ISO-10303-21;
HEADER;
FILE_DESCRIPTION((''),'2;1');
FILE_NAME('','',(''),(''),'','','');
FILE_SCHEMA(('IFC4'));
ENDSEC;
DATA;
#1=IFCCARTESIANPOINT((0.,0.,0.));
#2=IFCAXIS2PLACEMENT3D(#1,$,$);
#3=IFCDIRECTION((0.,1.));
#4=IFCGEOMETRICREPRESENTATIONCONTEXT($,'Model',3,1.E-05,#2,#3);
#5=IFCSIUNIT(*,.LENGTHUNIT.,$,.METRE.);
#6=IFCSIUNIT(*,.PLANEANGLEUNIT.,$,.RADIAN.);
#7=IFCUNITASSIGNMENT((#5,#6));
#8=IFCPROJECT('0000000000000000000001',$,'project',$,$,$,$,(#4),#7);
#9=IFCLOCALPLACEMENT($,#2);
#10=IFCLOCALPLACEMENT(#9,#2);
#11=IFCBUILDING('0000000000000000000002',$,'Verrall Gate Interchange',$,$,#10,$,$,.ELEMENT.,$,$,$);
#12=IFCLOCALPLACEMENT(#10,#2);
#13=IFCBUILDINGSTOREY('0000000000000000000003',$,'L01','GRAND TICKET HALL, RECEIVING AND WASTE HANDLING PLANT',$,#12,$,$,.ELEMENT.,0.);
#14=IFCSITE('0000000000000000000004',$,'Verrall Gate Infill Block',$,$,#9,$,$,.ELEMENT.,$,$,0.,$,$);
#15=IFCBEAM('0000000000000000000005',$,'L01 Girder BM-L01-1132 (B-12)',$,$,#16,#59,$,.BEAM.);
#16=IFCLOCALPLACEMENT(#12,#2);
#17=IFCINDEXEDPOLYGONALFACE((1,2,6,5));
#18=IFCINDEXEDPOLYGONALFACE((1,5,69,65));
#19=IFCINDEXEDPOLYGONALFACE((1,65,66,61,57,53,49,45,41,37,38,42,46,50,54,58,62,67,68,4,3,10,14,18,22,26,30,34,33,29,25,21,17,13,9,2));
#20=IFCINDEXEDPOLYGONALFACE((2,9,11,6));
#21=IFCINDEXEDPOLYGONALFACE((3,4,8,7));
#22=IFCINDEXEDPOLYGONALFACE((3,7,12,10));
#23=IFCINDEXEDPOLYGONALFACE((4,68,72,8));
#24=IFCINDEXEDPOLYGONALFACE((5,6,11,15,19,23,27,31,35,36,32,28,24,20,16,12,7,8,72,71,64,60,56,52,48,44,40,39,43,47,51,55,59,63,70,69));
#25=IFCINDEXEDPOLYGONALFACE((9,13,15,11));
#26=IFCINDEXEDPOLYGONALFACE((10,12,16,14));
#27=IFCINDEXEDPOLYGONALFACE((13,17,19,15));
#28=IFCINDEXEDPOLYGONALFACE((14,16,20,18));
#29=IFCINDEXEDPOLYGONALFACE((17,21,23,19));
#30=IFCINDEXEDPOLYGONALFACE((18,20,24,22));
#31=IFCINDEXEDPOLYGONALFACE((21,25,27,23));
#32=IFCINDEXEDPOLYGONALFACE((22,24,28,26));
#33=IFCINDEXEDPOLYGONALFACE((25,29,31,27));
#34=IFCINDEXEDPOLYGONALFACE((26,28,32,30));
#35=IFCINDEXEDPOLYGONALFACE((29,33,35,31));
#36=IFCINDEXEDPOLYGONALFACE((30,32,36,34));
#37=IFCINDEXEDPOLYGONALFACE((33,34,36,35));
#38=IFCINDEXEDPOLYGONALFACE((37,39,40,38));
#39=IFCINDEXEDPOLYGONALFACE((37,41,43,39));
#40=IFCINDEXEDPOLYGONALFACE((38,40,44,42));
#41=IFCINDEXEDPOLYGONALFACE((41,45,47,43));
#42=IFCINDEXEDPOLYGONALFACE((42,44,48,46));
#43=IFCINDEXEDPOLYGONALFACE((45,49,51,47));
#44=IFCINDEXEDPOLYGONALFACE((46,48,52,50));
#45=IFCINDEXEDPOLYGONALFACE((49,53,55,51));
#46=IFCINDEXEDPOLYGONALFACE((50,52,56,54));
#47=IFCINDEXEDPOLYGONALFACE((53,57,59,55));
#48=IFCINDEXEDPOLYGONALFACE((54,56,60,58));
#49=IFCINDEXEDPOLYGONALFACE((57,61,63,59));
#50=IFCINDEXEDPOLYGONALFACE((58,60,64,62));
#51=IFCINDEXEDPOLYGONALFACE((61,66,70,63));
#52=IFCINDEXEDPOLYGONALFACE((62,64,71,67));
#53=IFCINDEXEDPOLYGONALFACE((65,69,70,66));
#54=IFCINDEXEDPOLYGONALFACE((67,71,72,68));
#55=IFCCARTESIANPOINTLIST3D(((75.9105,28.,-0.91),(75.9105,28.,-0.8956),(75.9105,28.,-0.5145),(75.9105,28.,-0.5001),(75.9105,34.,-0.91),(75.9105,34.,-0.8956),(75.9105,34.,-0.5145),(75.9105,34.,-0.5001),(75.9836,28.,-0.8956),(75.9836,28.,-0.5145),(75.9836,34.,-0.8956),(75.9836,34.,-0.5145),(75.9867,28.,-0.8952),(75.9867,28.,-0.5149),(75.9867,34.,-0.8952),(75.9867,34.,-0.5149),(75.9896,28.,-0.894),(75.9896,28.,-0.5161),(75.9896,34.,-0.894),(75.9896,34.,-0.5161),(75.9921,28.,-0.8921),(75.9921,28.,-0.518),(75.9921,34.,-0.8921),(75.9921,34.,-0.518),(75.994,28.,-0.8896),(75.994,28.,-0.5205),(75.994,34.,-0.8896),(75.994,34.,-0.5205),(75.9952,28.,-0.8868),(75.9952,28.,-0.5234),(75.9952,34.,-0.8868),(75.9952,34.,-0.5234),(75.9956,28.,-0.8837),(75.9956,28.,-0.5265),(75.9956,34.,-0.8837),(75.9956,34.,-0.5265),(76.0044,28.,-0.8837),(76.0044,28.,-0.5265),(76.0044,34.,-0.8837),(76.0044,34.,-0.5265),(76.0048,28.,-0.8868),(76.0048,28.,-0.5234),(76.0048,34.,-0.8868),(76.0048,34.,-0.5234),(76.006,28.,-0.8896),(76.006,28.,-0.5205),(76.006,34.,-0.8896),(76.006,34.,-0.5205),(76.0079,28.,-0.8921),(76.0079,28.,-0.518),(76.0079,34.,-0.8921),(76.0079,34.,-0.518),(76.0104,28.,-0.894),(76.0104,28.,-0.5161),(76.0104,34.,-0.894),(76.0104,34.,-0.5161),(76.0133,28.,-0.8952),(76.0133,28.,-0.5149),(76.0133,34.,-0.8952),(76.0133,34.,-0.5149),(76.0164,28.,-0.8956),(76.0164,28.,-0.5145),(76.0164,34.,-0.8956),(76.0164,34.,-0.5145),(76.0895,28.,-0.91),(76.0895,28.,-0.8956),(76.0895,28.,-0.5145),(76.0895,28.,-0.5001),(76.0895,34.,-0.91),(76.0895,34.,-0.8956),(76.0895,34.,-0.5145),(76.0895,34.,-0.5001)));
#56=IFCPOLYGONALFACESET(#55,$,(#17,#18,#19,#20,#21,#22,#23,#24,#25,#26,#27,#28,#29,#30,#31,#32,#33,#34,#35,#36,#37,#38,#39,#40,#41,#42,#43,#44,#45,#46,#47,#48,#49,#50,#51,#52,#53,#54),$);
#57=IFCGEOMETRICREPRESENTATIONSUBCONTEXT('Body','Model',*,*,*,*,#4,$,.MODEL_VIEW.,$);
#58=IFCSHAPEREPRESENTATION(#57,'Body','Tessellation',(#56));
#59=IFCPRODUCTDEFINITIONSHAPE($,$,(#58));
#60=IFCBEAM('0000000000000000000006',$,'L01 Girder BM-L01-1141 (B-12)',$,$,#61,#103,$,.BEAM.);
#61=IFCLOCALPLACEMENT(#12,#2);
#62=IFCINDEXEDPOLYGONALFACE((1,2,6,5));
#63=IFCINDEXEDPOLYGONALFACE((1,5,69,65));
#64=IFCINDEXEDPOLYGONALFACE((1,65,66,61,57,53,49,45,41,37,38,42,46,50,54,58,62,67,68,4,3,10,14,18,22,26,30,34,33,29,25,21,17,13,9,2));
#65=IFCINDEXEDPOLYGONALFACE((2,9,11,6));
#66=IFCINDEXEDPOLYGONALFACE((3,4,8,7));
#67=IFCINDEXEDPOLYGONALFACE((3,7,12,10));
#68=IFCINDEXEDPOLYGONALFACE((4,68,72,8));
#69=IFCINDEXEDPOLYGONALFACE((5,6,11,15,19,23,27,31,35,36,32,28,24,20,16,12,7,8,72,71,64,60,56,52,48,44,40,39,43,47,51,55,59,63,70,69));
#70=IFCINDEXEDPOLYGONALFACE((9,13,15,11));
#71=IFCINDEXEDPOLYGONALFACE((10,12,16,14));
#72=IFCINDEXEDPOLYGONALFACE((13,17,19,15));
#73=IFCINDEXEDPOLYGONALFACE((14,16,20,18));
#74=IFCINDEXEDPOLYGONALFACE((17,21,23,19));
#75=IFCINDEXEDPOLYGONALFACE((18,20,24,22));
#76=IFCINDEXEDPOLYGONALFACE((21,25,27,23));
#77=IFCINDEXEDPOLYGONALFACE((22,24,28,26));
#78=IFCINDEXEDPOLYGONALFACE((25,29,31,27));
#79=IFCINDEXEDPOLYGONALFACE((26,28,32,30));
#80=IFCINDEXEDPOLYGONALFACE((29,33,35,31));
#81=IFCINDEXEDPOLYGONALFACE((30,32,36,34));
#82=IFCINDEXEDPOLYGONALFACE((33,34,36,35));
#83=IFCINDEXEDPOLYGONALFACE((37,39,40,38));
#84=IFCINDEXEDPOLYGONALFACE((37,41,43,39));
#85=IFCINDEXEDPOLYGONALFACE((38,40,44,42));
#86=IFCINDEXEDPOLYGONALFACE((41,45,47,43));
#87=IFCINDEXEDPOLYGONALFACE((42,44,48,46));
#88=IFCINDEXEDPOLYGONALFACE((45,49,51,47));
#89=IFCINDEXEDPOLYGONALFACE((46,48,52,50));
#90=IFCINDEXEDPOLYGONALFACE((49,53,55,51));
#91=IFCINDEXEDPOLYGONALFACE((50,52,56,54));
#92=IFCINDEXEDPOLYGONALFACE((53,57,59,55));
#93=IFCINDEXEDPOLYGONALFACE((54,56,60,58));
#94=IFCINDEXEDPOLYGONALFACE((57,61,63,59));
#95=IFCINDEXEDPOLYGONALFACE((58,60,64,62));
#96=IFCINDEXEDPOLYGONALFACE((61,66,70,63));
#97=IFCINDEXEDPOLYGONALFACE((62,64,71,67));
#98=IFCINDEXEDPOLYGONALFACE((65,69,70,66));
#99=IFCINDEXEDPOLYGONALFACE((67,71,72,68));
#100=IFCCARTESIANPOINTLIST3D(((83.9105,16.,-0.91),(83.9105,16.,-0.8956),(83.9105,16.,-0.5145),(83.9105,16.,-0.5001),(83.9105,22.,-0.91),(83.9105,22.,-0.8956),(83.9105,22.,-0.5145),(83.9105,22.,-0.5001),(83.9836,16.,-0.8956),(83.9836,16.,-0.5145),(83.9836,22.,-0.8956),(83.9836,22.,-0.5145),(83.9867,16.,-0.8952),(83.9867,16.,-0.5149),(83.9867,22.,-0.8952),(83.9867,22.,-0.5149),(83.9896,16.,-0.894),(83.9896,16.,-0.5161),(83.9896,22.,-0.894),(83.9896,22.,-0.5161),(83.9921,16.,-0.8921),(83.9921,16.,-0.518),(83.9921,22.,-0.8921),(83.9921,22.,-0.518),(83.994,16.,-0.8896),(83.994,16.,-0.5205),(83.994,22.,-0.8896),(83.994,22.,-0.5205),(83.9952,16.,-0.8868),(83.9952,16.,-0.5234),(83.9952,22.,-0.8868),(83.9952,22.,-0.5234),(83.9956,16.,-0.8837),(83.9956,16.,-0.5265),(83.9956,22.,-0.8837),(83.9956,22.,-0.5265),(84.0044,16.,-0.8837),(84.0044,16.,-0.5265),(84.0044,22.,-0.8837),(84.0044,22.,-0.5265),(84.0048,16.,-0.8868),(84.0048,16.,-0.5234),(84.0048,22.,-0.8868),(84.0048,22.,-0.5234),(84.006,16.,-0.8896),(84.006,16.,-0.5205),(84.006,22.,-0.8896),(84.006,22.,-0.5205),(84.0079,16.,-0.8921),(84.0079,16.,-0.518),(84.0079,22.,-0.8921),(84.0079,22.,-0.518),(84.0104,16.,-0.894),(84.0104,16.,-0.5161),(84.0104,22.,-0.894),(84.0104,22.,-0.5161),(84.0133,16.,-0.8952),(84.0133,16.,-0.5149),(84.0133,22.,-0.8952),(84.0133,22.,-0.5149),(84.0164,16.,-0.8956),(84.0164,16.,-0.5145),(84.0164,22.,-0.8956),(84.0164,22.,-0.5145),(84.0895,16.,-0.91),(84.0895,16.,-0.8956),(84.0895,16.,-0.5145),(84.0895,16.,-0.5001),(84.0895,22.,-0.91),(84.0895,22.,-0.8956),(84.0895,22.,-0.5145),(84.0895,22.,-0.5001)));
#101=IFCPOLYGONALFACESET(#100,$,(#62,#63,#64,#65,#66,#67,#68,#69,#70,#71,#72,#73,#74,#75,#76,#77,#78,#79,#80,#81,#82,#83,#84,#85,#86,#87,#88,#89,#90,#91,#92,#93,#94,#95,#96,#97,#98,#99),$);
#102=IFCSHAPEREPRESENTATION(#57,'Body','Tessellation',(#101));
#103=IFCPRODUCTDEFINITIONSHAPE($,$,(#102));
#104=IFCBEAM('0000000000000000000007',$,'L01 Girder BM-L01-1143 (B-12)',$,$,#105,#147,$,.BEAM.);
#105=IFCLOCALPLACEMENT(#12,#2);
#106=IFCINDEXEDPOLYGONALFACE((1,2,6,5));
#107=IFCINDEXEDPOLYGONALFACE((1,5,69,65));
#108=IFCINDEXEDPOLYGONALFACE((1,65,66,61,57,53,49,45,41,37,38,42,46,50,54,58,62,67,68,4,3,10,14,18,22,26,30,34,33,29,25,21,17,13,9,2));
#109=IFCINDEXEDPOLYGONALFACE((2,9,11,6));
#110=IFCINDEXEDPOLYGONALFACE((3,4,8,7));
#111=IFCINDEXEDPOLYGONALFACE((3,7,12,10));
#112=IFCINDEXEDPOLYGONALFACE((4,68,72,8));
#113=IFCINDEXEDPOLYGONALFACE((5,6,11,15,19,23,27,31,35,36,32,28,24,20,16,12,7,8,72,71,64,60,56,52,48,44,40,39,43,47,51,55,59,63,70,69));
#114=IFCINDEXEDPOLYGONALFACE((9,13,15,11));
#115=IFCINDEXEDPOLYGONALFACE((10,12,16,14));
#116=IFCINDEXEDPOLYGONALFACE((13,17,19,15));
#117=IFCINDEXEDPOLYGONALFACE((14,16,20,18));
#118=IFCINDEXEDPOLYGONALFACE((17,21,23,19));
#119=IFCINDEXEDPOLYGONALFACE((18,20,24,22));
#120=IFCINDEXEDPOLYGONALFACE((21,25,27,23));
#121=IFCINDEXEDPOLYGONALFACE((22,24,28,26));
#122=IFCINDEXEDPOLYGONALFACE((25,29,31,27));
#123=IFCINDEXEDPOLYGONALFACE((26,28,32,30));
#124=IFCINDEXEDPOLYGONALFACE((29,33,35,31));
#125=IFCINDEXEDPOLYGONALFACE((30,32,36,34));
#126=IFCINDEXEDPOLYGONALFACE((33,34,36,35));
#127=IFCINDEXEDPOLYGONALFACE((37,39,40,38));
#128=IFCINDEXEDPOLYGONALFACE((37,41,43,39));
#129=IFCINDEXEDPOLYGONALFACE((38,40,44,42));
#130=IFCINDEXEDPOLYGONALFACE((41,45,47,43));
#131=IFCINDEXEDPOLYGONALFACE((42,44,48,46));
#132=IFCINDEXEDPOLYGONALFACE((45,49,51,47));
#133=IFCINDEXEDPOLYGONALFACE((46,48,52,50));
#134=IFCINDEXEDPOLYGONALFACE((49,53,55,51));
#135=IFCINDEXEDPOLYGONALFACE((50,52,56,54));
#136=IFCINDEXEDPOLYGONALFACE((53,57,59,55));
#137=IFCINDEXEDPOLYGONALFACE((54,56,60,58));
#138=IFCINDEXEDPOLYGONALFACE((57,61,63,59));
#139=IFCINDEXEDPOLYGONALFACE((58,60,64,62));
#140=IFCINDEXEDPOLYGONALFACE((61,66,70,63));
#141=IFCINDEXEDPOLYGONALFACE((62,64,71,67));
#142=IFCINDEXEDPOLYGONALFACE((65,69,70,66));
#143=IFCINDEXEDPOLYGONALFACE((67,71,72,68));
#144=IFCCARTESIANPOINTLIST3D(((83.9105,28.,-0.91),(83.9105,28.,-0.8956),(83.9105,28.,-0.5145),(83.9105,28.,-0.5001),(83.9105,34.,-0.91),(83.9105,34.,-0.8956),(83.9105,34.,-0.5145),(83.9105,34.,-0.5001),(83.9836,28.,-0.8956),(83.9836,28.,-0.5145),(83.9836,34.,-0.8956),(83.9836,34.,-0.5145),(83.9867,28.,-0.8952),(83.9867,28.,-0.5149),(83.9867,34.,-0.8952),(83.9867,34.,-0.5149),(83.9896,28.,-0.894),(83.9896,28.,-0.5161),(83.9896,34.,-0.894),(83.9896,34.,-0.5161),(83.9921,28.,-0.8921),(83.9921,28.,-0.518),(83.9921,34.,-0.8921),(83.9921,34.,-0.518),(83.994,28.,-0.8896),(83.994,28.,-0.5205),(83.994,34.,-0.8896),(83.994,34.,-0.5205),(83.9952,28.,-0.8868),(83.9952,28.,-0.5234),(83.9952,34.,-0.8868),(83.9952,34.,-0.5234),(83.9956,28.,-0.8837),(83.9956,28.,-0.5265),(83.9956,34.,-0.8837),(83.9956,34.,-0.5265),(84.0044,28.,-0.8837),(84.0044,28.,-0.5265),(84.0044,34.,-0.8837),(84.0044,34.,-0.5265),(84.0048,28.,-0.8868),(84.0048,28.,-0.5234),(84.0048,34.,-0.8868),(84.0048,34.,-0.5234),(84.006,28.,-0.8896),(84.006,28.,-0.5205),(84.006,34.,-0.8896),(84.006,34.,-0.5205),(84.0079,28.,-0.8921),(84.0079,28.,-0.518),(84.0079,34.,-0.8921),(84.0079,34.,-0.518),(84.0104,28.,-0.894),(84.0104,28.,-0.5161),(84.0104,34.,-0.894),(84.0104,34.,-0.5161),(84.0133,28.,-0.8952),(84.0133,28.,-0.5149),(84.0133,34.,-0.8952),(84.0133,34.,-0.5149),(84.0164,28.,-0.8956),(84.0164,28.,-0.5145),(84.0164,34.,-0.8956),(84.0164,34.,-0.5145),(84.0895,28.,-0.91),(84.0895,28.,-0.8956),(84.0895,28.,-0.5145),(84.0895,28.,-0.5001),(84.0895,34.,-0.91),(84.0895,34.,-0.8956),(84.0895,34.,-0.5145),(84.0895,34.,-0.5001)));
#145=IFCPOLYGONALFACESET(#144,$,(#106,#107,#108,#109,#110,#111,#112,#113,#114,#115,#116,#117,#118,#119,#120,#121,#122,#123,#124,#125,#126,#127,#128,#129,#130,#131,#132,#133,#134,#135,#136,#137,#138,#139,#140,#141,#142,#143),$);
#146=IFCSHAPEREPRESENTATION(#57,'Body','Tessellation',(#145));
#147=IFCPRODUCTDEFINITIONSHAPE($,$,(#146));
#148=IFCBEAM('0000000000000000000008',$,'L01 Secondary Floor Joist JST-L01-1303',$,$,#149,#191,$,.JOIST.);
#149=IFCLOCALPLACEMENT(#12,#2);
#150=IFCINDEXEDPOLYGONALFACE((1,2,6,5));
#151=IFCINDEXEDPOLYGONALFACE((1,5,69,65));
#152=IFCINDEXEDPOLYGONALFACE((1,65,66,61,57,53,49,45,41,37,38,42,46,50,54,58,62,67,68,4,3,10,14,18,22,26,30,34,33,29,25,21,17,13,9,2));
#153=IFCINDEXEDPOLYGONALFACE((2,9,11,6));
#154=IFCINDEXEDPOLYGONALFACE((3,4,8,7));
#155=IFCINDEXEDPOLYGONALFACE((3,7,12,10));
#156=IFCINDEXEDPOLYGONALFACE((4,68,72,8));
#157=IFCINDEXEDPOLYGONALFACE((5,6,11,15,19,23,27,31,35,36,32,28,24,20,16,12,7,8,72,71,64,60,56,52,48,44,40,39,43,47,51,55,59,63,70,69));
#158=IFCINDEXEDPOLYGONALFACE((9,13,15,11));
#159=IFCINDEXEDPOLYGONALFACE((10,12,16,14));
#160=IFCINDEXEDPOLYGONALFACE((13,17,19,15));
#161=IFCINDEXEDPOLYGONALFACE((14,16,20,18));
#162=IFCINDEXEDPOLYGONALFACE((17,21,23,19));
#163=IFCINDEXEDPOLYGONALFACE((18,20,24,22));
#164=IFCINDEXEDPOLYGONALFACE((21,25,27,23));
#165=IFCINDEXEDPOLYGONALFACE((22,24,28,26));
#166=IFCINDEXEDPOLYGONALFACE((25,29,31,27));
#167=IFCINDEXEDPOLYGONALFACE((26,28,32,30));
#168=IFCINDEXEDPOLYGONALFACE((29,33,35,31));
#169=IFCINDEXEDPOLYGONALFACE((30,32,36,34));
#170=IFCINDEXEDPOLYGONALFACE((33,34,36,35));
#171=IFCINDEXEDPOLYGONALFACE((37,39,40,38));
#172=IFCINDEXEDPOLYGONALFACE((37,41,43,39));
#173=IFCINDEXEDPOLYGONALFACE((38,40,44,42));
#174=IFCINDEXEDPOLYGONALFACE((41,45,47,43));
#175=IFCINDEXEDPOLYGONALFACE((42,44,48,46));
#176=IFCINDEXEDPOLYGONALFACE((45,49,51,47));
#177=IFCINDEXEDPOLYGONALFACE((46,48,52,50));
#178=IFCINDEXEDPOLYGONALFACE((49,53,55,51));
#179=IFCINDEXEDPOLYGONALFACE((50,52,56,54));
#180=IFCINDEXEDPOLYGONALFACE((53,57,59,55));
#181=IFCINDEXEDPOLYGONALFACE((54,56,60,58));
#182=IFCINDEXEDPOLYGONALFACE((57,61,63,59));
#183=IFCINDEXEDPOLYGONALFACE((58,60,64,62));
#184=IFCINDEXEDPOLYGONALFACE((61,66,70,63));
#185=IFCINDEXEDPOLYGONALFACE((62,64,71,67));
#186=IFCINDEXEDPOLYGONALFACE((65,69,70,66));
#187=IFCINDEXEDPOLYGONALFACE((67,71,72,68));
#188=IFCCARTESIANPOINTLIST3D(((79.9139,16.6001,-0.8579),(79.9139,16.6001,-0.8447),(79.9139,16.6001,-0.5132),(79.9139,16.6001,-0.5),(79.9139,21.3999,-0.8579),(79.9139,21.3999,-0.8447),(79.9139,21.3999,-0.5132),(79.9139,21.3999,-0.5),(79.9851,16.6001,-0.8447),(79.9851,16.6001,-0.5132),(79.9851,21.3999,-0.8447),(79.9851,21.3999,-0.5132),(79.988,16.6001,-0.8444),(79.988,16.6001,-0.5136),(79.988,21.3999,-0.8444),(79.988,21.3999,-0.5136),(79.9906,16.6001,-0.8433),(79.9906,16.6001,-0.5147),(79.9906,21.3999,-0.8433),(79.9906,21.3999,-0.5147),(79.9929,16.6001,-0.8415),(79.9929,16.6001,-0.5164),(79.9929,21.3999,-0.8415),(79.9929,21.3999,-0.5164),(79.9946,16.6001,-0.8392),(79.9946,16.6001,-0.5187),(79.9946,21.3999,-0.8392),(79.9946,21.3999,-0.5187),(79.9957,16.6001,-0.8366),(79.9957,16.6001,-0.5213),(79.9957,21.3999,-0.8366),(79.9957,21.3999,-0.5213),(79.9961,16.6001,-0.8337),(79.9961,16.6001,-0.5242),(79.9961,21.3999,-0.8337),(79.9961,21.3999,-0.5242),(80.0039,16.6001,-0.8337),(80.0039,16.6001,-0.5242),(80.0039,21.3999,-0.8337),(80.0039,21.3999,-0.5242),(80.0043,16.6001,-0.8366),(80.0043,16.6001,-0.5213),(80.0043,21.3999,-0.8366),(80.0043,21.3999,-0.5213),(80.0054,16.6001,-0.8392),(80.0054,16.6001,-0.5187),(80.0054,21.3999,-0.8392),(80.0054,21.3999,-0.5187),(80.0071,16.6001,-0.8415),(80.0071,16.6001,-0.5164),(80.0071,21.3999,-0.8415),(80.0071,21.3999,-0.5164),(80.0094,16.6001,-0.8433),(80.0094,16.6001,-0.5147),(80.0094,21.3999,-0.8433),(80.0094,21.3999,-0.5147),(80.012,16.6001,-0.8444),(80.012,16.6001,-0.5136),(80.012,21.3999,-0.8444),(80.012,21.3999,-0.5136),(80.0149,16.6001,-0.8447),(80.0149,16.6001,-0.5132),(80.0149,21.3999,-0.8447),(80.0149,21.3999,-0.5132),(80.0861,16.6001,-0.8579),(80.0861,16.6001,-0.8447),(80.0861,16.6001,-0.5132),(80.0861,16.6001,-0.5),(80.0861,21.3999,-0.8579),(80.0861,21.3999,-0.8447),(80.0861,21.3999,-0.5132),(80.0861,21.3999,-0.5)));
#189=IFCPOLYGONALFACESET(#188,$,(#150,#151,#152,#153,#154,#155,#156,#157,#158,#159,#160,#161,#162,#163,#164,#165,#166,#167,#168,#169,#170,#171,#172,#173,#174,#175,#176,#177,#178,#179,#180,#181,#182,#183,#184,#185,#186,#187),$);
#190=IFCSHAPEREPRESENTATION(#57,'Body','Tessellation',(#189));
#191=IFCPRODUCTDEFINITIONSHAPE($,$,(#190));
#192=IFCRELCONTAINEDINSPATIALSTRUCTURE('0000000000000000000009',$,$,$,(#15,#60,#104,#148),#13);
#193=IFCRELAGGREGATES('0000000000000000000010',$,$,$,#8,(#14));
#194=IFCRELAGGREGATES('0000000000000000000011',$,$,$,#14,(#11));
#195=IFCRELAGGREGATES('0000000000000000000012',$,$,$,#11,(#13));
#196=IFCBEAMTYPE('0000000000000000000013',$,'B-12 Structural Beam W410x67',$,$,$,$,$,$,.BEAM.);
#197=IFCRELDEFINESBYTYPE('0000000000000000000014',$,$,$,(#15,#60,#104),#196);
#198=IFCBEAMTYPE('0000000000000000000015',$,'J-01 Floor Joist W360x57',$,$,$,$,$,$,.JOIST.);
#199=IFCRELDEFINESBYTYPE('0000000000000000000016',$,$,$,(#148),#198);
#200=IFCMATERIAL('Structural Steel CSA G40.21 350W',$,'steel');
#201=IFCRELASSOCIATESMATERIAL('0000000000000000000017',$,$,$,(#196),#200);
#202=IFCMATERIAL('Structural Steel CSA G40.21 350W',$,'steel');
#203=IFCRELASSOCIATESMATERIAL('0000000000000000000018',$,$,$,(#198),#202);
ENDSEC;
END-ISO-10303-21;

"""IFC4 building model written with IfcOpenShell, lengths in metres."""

from ifc_helpers import new_model, si_unit, direction, frame, origin, origin_2d, place, context, subcontext, project, spatial, i_section, extrude, material, material_profile, profile_set, type_object, element, save


model = new_model("IFC4")

# Units and contexts
model_context = context("Model", 3, precision=1e-05, world=origin(), true_north=direction((0.0, 1.0)))
body_context = subcontext(model_context, "Body", "Model", "MODEL_VIEW")
ifc_project = project(units=[si_unit("LENGTHUNIT", "METRE"), si_unit("PLANEANGLEUNIT", "RADIAN")], contexts=[model_context])

# Site, building, storey
site_placement = place(None, origin())
site = spatial("IfcSite", under=ifc_project, at=site_placement, Name="Verrall Gate Infill Block", CompositionType="ELEMENT", RefElevation=0.0)
building_placement = place(site_placement, origin())
building = spatial("IfcBuilding", under=site, at=building_placement, Name="Verrall Gate Interchange", CompositionType="ELEMENT")
storey_placement = place(building_placement, origin())
storey = spatial("IfcBuildingStorey", under=building, at=storey_placement, Name="L01", Description="GRAND TICKET HALL, RECEIVING AND WASTE HANDLING PLANT", CompositionType="ELEMENT", Elevation=0.0)

# Beams
ifc_material_1 = material(Name="Structural Steel CSA G40.21 350W", Category="steel")
ifc_material_profile_1 = material_profile(ifc_material_1, i_section(OverallWidth=0.179, OverallDepth=0.4099, WebThickness=0.0088, FlangeThickness=0.0144, FilletRadius=0.012, at=origin_2d()), Name="W410x67")
ifc_profile_set_1 = profile_set([ifc_material_profile_1], Name="Structural Steel CSA G40.21 350W")
beam_type_1 = type_object("IfcBeamType", Name="B-12 Structural Beam W410x67", PredefinedType="BEAM", material=ifc_profile_set_1)
for number, where, z_axis, x_axis, name in (
    (1, (76.0, 28.0, -0.7051), (0.0, 1.0, 0.0), (-1.0, 0.0, 0.0), "L01 Girder BM-L01-1132 (B-12)"),
    (2, (84.0, 16.0, -0.7051), (0.0, 1.0, 0.0), (-1.0, 0.0, 0.0), "L01 Girder BM-L01-1141 (B-12)"),
    (3, (84.0, 28.0, -0.7051), (0.0, 1.0, 0.0), (-1.0, 0.0, 0.0), "L01 Girder BM-L01-1143 (B-12)"),
):
    element("IfcBeam", number, at=place(storey_placement, frame(where, z_axis=z_axis, x_axis=x_axis)), inside=storey, type_object=beam_type_1, Name=name, PredefinedType="BEAM", context=body_context, shape_type="SweptSolid", body=[
        extrude(i_section(OverallWidth=0.179, OverallDepth=0.4099, WebThickness=0.0088, FlangeThickness=0.0144, FilletRadius=0.012, at=origin_2d()), origin(), (0.0, 0.0, 1.0), 6.0),
    ])
ifc_material_2 = material(Name="Structural Steel CSA G40.21 350W", Category="steel")
ifc_material_profile_2 = material_profile(ifc_material_2, i_section(OverallWidth=0.1721, OverallDepth=0.3579, WebThickness=0.0078, FlangeThickness=0.0132, FilletRadius=0.011, at=origin_2d()), Name="W360x57")
ifc_profile_set_2 = profile_set([ifc_material_profile_2], Name="Structural Steel CSA G40.21 350W")
beam_type_2 = type_object("IfcBeamType", Name="J-01 Floor Joist W360x57", PredefinedType="JOIST", material=ifc_profile_set_2)
beam_1_placement = place(storey_placement, frame((80.0, 16.6001, -0.679), z_axis=(0.0, 1.0, 0.0), x_axis=(-1.0, 0.0, 0.0)))
element("IfcBeam", 4, at=beam_1_placement, inside=storey, type_object=beam_type_2, Name="L01 Secondary Floor Joist JST-L01-1303", PredefinedType="JOIST", context=body_context, shape_type="SweptSolid", body=[
    extrude(i_section(OverallWidth=0.1721, OverallDepth=0.3579, WebThickness=0.0078, FlangeThickness=0.0132, FilletRadius=0.011, at=origin_2d()), origin(), (0.0, 0.0, 1.0), 4.7998),
])

save(model, "model.ifc")
